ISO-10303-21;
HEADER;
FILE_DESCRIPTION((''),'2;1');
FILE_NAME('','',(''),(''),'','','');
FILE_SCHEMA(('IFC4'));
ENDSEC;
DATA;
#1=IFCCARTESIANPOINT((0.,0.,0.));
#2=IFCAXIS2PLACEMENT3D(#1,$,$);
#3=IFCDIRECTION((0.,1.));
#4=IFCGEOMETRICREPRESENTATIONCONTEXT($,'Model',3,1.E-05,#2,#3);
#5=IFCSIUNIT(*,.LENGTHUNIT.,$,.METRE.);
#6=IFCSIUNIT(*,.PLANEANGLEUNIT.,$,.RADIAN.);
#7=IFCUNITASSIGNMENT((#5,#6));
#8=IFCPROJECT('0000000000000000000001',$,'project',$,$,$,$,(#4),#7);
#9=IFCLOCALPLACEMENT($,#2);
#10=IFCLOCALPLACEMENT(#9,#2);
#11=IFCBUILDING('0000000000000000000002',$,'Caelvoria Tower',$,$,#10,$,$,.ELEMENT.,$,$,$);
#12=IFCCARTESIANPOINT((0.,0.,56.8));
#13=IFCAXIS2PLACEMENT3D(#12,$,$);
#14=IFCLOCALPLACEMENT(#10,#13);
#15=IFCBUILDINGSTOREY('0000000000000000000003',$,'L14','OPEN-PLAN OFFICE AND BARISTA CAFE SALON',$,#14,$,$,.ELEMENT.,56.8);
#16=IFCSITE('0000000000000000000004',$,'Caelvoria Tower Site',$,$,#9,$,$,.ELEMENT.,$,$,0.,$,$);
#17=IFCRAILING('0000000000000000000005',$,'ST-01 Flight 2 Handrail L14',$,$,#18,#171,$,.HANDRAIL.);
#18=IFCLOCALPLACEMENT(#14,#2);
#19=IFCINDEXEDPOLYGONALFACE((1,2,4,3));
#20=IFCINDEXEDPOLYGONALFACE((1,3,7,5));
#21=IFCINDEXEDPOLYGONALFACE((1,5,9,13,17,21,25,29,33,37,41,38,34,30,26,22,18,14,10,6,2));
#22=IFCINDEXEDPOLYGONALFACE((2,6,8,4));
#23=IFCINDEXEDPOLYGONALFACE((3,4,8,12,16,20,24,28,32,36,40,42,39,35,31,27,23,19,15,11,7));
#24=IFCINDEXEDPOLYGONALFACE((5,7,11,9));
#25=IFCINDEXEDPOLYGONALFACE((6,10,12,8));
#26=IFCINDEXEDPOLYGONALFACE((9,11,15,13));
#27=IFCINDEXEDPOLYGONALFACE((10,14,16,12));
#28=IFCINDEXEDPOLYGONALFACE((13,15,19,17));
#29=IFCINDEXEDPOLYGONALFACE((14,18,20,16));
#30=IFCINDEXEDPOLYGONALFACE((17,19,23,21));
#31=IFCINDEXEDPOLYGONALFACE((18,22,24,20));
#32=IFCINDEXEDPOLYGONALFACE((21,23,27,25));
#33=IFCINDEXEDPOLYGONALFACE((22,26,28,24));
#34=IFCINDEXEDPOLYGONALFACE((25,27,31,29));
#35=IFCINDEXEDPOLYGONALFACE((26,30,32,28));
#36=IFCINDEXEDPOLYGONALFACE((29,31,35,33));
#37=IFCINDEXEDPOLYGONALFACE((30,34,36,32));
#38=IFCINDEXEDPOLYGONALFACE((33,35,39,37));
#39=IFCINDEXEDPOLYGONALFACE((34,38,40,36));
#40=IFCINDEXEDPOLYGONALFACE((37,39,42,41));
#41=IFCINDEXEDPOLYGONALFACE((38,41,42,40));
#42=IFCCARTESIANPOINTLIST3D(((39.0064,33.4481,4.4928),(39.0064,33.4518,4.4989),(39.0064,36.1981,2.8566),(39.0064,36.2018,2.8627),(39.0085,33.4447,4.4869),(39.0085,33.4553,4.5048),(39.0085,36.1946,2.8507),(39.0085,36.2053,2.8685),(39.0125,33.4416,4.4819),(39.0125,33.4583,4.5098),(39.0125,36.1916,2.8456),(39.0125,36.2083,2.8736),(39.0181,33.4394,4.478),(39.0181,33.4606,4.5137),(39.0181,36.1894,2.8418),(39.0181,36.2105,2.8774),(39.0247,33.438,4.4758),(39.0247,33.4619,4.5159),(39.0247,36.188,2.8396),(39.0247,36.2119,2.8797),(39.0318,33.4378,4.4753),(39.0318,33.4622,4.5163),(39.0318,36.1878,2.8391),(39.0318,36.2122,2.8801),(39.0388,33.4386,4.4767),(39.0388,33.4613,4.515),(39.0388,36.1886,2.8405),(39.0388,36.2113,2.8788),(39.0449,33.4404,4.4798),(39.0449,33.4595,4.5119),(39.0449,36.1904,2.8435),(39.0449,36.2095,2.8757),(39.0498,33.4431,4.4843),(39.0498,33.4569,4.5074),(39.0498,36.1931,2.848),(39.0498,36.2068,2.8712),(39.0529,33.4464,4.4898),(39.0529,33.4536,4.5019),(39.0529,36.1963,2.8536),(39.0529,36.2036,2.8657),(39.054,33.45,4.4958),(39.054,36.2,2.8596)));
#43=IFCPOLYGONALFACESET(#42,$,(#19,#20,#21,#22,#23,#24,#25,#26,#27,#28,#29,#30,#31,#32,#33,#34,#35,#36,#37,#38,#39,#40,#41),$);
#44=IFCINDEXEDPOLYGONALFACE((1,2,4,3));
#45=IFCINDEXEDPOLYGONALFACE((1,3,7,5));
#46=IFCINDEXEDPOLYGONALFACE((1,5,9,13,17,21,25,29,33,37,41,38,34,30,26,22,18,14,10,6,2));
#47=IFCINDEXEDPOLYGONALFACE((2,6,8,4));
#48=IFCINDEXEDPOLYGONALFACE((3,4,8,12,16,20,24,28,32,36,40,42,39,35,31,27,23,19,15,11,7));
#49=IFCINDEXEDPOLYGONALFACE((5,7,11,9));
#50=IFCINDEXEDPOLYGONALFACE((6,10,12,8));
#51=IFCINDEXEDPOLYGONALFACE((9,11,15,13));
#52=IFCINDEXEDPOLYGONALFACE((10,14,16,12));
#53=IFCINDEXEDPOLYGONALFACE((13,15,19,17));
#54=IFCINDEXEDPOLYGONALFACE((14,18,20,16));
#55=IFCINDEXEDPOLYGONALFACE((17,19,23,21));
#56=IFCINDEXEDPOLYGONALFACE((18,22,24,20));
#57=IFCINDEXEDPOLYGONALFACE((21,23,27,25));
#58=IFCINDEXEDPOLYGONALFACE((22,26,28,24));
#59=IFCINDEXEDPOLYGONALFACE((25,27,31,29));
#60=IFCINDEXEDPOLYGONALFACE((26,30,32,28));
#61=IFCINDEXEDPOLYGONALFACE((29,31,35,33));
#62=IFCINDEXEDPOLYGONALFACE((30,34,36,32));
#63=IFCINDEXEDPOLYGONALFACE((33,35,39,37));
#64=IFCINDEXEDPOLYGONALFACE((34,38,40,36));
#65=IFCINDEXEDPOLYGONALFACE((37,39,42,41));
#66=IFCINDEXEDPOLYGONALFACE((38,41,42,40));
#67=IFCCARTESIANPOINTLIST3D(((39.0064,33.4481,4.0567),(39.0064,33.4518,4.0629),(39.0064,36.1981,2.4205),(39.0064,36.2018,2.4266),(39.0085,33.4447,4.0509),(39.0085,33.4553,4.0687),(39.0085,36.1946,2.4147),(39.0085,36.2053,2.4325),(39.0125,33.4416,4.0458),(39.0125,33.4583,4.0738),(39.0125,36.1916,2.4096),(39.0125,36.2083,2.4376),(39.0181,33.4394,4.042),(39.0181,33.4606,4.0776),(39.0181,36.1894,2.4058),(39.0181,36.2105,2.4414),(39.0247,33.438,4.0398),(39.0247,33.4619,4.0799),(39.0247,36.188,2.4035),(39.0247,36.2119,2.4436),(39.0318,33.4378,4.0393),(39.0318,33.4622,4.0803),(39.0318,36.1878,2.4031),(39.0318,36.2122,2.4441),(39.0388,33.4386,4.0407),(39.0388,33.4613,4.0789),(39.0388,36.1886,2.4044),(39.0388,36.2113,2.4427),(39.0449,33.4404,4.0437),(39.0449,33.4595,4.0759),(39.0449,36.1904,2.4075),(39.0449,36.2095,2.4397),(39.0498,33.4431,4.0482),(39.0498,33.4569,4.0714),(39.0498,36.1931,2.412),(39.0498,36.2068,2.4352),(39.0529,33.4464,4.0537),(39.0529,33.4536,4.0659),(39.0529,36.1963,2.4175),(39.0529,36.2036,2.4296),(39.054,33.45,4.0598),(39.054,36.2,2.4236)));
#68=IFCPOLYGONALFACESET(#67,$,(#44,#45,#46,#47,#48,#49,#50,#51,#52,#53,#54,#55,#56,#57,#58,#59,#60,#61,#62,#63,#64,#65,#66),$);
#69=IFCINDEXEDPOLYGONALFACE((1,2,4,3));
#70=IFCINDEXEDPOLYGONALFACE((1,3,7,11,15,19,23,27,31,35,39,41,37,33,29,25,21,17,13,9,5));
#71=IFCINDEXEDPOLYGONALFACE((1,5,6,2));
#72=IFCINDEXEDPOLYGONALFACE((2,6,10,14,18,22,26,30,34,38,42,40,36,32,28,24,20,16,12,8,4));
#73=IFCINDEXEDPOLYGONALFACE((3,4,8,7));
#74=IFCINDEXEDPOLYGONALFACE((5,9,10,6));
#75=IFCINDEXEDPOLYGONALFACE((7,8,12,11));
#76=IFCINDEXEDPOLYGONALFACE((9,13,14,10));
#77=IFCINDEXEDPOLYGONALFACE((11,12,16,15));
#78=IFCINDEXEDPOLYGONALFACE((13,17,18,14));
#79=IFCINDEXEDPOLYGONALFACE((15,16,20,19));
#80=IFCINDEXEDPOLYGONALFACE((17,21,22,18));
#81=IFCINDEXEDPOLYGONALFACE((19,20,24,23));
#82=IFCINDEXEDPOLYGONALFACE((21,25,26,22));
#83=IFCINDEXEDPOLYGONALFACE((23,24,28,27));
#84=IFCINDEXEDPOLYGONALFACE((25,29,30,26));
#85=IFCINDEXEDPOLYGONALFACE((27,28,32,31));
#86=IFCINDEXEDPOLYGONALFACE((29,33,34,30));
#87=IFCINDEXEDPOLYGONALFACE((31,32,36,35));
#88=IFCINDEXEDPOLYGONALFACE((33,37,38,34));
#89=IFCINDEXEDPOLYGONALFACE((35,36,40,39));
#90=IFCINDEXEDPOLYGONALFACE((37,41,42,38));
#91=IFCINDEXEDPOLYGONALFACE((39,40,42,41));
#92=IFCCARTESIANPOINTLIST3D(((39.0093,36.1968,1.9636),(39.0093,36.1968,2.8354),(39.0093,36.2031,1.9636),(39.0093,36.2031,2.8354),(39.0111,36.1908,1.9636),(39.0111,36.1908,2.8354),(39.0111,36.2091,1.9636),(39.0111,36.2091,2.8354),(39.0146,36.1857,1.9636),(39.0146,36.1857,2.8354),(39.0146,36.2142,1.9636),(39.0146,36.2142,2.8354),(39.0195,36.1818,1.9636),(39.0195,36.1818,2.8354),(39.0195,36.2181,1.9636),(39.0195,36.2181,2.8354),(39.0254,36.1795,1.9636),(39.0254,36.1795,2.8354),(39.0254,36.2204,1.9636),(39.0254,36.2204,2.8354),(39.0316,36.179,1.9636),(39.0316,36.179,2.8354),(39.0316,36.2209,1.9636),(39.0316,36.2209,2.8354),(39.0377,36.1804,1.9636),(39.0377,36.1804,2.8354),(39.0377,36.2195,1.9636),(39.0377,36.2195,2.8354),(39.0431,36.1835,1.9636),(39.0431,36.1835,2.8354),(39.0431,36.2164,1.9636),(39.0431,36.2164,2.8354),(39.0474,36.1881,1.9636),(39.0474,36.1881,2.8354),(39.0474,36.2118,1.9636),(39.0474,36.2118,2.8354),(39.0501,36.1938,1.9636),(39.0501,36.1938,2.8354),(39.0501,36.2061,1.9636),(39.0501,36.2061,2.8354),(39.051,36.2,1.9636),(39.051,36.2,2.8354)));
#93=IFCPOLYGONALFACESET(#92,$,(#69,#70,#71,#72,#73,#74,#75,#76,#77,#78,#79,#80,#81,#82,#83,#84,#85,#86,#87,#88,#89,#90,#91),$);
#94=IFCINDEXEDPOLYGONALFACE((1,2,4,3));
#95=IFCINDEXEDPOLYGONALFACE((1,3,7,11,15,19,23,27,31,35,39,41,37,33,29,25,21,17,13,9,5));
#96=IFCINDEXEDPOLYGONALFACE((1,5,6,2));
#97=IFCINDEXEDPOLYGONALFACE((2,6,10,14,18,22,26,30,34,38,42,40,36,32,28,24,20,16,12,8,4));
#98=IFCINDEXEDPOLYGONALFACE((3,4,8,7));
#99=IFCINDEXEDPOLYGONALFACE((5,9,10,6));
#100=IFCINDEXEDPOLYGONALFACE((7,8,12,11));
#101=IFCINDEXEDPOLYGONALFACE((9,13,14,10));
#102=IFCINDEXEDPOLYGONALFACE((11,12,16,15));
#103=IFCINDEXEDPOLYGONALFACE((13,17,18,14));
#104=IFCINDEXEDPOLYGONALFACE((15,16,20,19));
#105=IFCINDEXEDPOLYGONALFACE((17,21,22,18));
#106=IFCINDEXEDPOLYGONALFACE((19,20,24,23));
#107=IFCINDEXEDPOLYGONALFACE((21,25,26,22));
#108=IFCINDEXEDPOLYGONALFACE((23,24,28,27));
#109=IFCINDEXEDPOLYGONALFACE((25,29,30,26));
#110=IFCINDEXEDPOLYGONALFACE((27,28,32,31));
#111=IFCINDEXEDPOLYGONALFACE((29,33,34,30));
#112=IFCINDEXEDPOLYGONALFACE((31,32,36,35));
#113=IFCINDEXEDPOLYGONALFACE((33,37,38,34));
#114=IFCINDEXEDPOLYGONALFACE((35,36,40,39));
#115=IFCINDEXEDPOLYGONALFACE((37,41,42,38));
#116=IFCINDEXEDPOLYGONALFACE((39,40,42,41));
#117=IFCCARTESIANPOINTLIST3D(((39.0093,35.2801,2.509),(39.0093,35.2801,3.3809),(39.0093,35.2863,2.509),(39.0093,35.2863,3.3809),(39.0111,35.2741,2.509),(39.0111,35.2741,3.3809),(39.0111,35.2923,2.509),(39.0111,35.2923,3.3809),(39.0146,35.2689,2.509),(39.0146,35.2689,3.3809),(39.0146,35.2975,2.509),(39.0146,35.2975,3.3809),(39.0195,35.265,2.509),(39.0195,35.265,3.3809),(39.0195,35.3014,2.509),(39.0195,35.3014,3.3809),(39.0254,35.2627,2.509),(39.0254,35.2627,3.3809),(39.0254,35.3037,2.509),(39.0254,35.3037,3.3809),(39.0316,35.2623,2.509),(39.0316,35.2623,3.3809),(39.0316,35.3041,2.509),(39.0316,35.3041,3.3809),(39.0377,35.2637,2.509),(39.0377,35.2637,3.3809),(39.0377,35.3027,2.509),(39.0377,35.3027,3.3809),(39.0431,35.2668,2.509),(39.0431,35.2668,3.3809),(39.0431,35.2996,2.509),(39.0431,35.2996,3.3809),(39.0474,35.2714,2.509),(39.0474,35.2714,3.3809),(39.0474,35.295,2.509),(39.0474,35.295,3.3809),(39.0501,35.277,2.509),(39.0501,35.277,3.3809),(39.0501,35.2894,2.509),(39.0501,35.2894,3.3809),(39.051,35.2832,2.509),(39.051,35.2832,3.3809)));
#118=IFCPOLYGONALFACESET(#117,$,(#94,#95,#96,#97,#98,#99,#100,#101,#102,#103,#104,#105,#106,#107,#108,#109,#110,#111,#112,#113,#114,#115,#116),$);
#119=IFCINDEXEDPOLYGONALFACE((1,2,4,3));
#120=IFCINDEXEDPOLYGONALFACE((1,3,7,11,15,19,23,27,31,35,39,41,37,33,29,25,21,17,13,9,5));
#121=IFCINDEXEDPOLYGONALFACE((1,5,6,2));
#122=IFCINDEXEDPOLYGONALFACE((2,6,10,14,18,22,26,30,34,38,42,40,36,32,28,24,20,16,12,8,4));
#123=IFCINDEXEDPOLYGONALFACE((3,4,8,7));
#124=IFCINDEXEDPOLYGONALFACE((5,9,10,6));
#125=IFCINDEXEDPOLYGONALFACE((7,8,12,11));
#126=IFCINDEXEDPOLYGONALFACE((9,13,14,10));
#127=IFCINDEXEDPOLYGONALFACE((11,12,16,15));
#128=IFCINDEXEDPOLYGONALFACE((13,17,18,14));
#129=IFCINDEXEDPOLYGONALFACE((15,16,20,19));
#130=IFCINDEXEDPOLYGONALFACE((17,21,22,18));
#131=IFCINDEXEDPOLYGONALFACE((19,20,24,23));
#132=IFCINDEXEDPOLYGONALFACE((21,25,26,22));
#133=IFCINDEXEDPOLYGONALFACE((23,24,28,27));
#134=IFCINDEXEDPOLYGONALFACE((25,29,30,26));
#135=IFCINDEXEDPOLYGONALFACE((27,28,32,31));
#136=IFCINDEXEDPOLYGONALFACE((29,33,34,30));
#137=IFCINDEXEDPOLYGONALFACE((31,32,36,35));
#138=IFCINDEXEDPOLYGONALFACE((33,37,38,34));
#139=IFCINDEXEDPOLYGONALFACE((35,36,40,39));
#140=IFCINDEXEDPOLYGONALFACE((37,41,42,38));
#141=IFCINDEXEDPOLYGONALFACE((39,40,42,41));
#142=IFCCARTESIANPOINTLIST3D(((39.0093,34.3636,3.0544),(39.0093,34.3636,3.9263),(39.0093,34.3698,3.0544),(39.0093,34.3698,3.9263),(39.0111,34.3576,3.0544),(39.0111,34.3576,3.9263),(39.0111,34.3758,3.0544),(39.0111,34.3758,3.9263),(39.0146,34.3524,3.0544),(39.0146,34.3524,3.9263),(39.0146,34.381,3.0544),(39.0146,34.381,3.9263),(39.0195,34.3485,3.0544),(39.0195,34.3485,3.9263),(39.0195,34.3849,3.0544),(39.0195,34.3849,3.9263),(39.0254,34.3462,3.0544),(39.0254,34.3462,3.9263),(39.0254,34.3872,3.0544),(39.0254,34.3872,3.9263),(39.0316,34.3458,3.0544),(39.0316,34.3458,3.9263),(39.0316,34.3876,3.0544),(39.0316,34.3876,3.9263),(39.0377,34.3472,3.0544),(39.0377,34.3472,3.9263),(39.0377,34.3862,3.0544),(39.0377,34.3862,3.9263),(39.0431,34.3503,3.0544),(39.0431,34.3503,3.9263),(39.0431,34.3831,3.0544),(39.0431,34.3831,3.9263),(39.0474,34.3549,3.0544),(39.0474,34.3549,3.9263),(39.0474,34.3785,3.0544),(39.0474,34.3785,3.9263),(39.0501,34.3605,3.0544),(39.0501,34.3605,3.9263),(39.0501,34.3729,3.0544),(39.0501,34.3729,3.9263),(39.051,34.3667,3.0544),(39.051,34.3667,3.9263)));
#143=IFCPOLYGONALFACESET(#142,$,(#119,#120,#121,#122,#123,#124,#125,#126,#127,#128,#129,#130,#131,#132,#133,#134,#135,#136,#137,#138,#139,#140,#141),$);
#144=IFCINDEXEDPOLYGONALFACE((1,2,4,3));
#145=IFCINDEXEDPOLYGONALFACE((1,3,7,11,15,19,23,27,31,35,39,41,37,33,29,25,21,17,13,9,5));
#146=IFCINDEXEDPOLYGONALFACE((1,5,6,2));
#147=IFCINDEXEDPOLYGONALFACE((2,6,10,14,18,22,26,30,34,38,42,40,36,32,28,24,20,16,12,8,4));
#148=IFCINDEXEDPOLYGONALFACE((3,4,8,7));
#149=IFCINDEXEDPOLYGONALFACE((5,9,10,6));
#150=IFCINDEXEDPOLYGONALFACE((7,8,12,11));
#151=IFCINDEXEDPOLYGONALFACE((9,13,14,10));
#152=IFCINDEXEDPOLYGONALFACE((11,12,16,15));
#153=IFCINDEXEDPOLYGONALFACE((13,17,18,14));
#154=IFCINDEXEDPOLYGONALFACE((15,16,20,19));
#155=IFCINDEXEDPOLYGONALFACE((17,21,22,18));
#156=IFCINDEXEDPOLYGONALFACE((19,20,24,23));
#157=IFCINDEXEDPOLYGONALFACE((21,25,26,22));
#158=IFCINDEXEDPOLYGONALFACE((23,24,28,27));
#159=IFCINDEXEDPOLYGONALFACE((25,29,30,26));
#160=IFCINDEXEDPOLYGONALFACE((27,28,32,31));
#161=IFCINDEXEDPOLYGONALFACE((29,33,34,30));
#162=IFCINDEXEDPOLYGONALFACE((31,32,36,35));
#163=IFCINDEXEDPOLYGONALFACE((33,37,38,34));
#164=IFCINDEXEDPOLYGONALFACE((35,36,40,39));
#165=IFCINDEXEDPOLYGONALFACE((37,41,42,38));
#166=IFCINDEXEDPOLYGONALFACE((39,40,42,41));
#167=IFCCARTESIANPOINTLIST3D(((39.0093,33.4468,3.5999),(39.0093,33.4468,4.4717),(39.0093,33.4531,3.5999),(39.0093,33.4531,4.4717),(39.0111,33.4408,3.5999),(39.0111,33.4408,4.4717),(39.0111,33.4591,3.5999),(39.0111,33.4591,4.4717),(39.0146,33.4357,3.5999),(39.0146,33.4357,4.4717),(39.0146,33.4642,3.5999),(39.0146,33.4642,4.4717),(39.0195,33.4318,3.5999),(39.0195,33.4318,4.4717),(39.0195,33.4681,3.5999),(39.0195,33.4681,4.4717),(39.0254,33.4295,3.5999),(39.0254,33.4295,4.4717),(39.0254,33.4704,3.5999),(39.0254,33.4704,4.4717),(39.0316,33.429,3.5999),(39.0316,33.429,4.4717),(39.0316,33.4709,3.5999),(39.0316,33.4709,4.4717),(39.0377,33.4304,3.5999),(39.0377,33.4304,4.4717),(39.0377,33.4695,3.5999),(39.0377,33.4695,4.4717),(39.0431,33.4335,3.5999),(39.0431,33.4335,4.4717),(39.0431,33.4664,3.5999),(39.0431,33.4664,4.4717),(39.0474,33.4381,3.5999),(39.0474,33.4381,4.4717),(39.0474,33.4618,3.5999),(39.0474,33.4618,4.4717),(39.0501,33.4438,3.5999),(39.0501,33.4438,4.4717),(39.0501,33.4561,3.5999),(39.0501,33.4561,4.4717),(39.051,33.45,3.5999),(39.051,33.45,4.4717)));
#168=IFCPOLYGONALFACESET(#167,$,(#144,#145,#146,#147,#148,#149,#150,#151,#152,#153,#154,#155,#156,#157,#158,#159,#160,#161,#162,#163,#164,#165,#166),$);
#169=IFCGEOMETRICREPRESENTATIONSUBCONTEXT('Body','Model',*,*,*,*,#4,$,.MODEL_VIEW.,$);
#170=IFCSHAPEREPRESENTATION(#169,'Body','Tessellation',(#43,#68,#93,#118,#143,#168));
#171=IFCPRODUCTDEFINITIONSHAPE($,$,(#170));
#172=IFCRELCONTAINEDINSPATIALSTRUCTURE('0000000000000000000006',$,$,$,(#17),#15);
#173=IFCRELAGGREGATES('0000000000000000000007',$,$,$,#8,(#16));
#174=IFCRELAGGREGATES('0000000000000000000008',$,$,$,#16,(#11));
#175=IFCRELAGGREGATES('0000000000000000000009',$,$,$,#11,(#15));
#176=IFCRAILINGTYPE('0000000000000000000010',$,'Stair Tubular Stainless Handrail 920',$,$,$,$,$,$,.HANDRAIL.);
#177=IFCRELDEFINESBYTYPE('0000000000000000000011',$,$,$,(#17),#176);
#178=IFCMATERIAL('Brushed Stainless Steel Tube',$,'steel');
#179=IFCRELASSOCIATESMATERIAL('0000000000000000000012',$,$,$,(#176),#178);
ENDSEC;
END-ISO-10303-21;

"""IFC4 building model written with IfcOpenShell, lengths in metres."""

from ifc_helpers import new_model, si_unit, direction, frame, origin, origin_2d, place, context, subcontext, project, spatial, circle, extrude, material, type_object, element, save


model = new_model("IFC4")

# Units and contexts
model_context = context("Model", 3, precision=1e-05, world=origin(), true_north=direction((0.0, 1.0)))
body_context = subcontext(model_context, "Body", "Model", "MODEL_VIEW")
ifc_project = project(units=[si_unit("LENGTHUNIT", "METRE"), si_unit("PLANEANGLEUNIT", "RADIAN")], contexts=[model_context])

# Site, building, storey
site_placement = place(None, origin())
site = spatial("IfcSite", under=ifc_project, at=site_placement, Name="Caelvoria Tower Site", CompositionType="ELEMENT", RefElevation=0.0)
building_placement = place(site_placement, origin())
building = spatial("IfcBuilding", under=site, at=building_placement, Name="Caelvoria Tower", CompositionType="ELEMENT")
storey_placement = place(building_placement, frame((0.0, 0.0, 56.8)))
storey = spatial("IfcBuildingStorey", under=building, at=storey_placement, Name="L14", Description="OPEN-PLAN OFFICE AND BARISTA CAFE SALON", CompositionType="ELEMENT", Elevation=56.8)

# Railing
ifc_material_1 = material(Name="Brushed Stainless Steel Tube", Category="steel")
railing_type_1 = type_object("IfcRailingType", Name="Stair Tubular Stainless Handrail 920", PredefinedType="HANDRAIL", material=ifc_material_1)
railing_1_placement = place(storey_placement, frame((39.03, 36.2, 1.9636)))
element("IfcRailing", 1, at=railing_1_placement, inside=storey, type_object=railing_type_1, Name="ST-01 Flight 2 Handrail L14", PredefinedType="HANDRAIL", context=body_context, shape_type="SweptSolid", body=[
    extrude(circle(Radius=0.0239, at=origin_2d()), frame((0.0, 0.0, 0.896), z_axis=(0.0, -0.859385, 0.511328), x_axis=(1.0, 0.0, 0.0)), (0.0, 0.0, 1.0), 3.2),
    extrude(circle(Radius=0.0239, at=origin_2d()), frame((0.0, 0.0, 0.46), z_axis=(0.0, -0.859385, 0.511328), x_axis=(1.0, 0.0, 0.0)), (0.0, 0.0, 1.0), 3.2),
    extrude(circle(Radius=0.021, at=origin_2d()), origin(), (0.0, 0.0, 1.0), 0.8718),
    extrude(circle(Radius=0.021, at=origin_2d()), frame((0.0, -0.9167, 0.5454)), (0.0, 0.0, 1.0), 0.8718),
    extrude(circle(Radius=0.021, at=origin_2d()), frame((0.0, -1.8333, 1.0908)), (0.0, 0.0, 1.0), 0.8718),
    extrude(circle(Radius=0.021, at=origin_2d()), frame((0.0, -2.75, 1.6362)), (0.0, 0.0, 1.0), 0.8718),
])

save(model, "model.ifc")
